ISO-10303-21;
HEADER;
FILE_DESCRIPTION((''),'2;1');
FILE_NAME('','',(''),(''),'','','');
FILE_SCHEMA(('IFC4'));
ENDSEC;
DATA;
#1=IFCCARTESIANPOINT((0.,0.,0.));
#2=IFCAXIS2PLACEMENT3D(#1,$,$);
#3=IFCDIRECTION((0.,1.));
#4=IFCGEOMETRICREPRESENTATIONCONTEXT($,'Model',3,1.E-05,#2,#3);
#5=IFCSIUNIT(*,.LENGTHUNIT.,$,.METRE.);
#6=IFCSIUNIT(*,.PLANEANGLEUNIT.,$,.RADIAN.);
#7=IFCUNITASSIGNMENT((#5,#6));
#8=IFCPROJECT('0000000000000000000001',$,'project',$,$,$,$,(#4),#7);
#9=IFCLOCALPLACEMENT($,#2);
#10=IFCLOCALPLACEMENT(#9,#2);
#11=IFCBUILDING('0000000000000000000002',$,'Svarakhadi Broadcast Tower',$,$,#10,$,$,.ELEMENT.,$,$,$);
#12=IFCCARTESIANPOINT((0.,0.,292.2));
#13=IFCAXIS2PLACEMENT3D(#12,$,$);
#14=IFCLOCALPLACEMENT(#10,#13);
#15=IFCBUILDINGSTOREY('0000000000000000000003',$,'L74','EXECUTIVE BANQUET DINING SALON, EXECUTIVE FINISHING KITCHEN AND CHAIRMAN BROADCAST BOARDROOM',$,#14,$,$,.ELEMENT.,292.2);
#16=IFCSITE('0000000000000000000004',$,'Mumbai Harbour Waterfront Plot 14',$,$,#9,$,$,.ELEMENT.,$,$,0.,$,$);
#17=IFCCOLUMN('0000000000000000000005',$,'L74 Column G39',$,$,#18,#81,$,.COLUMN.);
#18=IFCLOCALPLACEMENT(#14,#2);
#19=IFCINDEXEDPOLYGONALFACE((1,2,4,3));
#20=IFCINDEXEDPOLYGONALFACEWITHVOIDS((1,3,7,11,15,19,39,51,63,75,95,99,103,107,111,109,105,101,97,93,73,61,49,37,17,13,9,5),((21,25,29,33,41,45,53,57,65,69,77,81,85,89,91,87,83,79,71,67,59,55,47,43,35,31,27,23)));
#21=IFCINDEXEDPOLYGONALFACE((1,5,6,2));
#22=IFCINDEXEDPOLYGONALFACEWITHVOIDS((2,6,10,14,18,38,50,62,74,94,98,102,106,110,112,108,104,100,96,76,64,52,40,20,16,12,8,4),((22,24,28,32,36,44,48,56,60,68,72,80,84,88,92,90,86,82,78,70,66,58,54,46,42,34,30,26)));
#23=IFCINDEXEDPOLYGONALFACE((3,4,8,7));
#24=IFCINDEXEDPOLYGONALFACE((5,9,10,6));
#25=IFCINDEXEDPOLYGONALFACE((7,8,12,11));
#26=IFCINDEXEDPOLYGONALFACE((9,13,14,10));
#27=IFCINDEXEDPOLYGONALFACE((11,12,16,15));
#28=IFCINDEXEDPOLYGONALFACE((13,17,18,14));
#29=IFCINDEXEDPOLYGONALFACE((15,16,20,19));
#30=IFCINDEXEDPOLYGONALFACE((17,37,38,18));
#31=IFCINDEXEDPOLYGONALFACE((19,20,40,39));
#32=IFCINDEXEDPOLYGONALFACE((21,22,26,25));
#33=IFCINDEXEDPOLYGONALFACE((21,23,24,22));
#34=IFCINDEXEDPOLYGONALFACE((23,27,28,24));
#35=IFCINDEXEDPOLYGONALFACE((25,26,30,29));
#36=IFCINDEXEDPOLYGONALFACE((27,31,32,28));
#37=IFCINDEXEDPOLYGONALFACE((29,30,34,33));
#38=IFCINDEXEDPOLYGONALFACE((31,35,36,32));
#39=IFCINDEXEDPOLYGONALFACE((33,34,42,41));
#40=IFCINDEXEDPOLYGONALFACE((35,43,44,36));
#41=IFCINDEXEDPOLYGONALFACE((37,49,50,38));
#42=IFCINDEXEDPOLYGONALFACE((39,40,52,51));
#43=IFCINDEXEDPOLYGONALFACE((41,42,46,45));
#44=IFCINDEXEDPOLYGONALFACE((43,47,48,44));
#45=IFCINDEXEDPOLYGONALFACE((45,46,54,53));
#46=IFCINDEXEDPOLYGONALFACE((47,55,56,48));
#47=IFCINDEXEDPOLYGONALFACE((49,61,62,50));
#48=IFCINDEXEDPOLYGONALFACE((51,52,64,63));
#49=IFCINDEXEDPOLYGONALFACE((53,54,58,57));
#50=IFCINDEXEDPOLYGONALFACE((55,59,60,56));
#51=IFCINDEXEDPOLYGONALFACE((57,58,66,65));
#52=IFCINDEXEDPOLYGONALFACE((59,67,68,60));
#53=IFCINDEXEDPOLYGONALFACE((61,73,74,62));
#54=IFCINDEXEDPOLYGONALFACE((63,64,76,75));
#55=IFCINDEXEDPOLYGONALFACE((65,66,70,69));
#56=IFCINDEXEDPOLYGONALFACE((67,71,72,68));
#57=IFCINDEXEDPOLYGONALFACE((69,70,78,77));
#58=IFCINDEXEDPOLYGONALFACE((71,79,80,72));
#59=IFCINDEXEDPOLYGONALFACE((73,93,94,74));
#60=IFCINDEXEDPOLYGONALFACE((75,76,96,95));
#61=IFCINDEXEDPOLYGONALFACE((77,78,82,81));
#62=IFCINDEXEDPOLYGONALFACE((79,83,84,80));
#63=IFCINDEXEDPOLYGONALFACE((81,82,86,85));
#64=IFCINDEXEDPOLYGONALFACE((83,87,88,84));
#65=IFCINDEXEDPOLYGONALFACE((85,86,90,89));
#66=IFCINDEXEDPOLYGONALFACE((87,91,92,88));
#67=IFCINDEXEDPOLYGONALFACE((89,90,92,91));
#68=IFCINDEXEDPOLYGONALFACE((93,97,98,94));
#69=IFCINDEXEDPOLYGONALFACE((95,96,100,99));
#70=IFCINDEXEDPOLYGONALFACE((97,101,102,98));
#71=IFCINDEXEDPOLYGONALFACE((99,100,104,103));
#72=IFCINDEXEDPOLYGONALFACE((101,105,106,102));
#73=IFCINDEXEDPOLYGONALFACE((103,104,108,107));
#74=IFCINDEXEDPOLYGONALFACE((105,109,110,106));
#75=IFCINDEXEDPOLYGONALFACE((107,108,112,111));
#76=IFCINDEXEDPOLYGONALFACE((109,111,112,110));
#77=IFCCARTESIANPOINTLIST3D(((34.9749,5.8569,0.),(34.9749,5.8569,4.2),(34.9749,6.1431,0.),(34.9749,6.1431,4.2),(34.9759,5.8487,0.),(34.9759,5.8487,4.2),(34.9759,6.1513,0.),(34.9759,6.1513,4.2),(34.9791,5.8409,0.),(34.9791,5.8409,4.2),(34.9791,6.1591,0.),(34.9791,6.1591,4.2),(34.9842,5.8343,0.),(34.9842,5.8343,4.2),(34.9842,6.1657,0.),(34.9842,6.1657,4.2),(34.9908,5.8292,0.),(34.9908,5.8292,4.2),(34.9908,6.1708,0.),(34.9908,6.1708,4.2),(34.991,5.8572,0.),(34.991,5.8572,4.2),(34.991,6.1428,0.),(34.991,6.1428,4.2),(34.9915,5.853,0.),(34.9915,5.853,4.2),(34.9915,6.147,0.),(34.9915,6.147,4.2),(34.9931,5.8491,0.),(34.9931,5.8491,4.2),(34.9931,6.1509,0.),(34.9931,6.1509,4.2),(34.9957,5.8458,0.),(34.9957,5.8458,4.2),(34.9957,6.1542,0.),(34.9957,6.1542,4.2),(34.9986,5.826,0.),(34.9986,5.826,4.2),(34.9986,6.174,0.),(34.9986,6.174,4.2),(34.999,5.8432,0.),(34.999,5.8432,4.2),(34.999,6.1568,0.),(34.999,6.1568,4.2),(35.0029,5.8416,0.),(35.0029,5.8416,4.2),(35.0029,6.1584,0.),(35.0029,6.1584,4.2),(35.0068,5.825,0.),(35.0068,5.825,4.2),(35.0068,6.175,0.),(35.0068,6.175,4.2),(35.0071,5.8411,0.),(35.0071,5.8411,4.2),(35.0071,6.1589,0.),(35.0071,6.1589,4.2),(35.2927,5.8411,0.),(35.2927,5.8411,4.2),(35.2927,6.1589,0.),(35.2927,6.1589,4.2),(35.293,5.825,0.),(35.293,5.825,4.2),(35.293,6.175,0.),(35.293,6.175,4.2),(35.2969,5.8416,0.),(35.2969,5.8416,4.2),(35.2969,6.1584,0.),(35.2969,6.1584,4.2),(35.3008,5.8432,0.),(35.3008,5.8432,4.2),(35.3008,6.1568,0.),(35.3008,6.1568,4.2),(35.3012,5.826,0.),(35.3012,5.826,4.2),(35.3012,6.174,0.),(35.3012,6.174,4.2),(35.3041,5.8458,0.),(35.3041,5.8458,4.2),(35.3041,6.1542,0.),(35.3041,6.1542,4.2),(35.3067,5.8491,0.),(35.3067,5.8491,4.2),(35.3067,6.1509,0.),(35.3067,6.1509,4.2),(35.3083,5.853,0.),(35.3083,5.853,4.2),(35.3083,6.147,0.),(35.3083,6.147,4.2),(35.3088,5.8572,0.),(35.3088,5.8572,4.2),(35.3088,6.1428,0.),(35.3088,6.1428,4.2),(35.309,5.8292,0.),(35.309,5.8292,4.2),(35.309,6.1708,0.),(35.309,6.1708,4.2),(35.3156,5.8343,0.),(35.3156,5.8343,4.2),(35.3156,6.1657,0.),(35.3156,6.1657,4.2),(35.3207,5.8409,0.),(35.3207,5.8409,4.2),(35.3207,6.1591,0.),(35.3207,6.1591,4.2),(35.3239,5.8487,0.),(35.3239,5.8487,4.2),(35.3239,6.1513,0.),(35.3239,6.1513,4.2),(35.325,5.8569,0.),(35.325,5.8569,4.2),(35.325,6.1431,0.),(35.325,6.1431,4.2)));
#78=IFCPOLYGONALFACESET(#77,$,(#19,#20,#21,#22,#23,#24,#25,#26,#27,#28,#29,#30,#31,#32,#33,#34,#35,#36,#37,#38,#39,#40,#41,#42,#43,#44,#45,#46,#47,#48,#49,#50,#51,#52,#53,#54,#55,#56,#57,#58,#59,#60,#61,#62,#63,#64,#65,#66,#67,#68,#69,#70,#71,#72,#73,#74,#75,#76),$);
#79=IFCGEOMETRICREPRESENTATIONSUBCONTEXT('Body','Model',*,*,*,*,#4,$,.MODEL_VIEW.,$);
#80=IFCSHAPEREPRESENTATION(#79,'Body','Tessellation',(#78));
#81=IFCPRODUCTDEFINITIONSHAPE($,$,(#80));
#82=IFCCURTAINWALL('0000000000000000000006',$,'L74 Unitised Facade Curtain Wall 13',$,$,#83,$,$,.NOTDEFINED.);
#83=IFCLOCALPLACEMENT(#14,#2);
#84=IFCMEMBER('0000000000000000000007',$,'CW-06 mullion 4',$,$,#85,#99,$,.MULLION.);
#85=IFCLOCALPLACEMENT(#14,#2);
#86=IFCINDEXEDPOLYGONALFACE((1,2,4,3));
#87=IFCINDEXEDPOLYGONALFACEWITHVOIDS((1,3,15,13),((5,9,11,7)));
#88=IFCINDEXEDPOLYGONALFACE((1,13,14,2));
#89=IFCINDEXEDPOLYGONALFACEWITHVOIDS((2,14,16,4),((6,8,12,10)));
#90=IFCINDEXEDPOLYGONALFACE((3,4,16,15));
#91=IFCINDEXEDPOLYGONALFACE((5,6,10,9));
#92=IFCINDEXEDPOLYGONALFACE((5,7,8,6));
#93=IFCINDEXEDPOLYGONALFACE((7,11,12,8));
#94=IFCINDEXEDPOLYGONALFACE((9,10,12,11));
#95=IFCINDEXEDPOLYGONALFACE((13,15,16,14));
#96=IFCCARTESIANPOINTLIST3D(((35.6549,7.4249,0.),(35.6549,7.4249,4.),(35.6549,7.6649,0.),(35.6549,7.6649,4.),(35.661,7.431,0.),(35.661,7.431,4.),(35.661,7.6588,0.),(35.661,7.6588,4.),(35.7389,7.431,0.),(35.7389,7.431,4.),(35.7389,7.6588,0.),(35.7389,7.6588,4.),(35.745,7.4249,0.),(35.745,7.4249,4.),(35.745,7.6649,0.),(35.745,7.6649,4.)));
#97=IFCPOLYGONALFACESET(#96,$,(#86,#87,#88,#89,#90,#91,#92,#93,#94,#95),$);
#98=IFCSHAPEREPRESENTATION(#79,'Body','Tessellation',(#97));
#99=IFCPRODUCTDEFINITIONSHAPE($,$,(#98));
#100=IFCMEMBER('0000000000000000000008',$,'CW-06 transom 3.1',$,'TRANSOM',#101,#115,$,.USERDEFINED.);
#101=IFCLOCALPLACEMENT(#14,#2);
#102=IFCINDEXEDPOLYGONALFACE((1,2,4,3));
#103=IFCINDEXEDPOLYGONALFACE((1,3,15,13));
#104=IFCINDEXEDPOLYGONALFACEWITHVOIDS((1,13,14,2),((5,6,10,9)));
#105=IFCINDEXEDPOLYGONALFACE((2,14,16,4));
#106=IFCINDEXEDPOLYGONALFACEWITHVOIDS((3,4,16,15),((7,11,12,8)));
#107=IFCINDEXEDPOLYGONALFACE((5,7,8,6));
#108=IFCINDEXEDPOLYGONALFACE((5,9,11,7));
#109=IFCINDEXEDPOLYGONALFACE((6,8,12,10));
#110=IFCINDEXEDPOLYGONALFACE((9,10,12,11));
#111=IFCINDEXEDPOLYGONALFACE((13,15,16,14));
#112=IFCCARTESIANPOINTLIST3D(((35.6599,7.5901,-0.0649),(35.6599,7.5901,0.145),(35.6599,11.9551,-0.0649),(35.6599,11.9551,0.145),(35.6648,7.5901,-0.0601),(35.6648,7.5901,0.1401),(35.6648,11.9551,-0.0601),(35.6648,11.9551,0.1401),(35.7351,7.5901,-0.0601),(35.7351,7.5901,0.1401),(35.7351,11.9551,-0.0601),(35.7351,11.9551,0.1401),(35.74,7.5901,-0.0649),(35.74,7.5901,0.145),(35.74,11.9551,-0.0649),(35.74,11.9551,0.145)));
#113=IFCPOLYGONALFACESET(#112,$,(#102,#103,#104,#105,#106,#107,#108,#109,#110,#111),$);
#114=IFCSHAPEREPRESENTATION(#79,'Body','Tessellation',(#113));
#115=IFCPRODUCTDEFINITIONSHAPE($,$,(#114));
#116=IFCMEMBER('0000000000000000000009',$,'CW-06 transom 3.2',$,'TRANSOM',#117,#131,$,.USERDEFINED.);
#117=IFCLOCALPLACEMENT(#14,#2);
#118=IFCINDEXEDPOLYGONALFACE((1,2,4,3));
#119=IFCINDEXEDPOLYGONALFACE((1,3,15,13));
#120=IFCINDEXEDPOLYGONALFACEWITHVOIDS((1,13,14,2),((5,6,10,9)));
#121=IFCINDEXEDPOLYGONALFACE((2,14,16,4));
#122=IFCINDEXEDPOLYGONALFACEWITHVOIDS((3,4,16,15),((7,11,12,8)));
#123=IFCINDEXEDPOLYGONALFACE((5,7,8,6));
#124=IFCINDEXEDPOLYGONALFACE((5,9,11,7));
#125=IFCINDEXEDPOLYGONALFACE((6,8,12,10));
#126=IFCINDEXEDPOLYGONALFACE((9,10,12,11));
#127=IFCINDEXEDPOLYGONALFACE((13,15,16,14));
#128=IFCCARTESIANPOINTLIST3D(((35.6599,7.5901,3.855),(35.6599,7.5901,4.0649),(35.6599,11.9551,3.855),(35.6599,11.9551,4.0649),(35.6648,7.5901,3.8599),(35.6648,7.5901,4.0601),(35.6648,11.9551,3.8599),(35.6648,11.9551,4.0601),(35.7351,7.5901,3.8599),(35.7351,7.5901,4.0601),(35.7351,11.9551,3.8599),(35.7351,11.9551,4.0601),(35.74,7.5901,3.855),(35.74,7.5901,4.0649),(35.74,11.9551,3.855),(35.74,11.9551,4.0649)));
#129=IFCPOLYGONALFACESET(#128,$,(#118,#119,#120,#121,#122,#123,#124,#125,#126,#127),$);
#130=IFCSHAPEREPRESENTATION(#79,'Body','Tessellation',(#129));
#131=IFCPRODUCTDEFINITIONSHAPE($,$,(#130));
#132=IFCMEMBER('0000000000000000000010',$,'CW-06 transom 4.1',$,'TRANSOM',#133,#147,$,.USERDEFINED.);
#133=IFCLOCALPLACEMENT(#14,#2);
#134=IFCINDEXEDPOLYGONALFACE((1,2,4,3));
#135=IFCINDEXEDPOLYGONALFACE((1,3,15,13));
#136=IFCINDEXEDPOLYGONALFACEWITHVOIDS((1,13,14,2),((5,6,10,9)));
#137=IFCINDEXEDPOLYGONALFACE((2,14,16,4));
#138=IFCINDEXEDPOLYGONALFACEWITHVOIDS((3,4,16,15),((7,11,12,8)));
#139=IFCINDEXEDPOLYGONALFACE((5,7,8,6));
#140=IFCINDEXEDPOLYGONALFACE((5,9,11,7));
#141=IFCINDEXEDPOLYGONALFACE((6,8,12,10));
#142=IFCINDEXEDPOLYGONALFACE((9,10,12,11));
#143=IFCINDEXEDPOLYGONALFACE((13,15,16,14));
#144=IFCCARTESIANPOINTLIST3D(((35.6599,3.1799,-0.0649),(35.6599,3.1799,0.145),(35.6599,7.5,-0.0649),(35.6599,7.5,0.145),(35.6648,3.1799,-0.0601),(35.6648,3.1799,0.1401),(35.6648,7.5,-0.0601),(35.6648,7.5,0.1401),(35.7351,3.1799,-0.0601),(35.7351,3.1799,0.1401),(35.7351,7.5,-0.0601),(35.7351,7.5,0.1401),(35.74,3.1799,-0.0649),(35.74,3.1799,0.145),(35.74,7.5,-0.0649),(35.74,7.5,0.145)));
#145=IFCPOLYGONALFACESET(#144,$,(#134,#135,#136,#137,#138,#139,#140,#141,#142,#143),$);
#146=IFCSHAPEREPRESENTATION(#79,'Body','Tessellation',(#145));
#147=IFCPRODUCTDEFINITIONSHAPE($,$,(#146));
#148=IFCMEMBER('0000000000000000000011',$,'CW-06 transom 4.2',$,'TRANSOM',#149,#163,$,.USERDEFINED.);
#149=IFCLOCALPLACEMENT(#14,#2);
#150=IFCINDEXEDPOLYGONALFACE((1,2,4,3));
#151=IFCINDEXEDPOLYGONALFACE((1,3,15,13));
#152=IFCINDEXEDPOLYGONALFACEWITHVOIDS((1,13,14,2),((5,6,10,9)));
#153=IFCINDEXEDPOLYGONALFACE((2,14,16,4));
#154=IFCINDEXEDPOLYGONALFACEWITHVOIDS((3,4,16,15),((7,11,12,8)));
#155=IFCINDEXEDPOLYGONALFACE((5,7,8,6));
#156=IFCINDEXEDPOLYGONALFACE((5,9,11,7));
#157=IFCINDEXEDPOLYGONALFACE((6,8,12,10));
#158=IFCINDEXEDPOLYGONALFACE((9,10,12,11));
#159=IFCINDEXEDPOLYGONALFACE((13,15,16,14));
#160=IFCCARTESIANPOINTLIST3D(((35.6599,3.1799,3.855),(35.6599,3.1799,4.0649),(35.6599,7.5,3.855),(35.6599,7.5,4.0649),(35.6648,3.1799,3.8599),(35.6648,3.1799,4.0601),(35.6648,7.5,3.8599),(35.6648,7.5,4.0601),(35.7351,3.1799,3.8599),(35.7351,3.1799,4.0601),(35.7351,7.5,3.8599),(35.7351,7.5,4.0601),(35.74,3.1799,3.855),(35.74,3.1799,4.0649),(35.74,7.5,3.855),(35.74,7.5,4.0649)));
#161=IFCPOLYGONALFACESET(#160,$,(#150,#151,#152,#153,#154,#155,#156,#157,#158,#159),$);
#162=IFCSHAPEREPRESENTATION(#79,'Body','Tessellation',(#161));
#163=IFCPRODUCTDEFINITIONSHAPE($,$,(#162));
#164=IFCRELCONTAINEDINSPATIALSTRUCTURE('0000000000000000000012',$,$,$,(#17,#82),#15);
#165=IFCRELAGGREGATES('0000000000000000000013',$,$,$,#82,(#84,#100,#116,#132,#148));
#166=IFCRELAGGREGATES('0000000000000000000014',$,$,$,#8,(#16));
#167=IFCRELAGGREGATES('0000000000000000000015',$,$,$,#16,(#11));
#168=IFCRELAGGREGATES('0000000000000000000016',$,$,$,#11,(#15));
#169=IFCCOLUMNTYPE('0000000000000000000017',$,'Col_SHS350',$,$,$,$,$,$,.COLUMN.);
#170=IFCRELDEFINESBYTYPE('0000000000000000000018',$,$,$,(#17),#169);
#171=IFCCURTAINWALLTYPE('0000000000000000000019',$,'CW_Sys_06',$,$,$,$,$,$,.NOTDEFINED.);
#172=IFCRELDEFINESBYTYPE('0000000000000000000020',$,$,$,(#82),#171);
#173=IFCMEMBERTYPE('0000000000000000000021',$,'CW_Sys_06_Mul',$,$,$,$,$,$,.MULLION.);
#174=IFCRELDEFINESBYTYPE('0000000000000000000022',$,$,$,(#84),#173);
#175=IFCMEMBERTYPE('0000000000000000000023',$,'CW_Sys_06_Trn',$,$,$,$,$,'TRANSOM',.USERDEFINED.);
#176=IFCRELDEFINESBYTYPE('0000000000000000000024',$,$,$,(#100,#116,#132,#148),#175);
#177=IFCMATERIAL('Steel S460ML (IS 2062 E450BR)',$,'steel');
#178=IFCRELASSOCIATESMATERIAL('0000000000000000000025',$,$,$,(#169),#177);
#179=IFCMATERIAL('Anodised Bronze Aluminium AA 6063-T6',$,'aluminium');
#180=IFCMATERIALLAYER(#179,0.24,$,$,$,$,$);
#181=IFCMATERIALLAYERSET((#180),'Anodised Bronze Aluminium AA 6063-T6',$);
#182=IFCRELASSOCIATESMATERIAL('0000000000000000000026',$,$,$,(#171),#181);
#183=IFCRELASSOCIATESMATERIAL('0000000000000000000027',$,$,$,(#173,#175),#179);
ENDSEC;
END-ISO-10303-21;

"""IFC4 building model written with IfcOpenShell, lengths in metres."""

from ifc_helpers import new_model, si_unit, direction, frame, origin, origin_2d, place, context, subcontext, project, spatial, hollow_rectangle, extrude, material, layer, layer_set, material_profile, profile_set, type_object, element, aggregate, save


model = new_model("IFC4")

# Units and contexts
model_context = context("Model", 3, precision=1e-05, world=origin(), true_north=direction((0.0, 1.0)))
body_context = subcontext(model_context, "Body", "Model", "MODEL_VIEW")
ifc_project = project(units=[si_unit("LENGTHUNIT", "METRE"), si_unit("PLANEANGLEUNIT", "RADIAN")], contexts=[model_context])

# Site, building, storey
site_placement = place(None, origin())
site = spatial("IfcSite", under=ifc_project, at=site_placement, Name="Mumbai Harbour Waterfront Plot 14", CompositionType="ELEMENT", RefElevation=0.0)
building_placement = place(site_placement, origin())
building = spatial("IfcBuilding", under=site, at=building_placement, Name="Svarakhadi Broadcast Tower", CompositionType="ELEMENT")
storey_placement = place(building_placement, frame((0.0, 0.0, 292.2)))
storey = spatial("IfcBuildingStorey", under=building, at=storey_placement, Name="L74", Description="EXECUTIVE BANQUET DINING SALON, EXECUTIVE FINISHING KITCHEN AND CHAIRMAN BROADCAST BOARDROOM", CompositionType="ELEMENT", Elevation=292.2)

# Column
ifc_material_1 = material(Name="Steel S460ML (IS 2062 E450BR)", Category="steel")
ifc_material_profile_1 = material_profile(ifc_material_1, hollow_rectangle(XDim=0.3501, YDim=0.3501, WallThickness=0.0161, InnerFilletRadius=0.0161, OuterFilletRadius=0.032, at=origin_2d()), Name="SHS 350x350x16")
ifc_profile_set_1 = profile_set([ifc_material_profile_1], Name="Steel S460ML (IS 2062 E450BR)")
column_type = type_object("IfcColumnType", Name="Col_SHS350", PredefinedType="COLUMN", material=ifc_profile_set_1)
column_placement = place(storey_placement, frame((35.1499, 6.0, 0.0), z_axis=(0.0, 0.0, 1.0), x_axis=(1.0, 0.0, 0.0)))
element("IfcColumn", 1, at=column_placement, inside=storey, type_object=column_type, Name="L74 Column G39", PredefinedType="COLUMN", context=body_context, shape_type="SweptSolid", body=[
    extrude(hollow_rectangle(XDim=0.3501, YDim=0.3501, WallThickness=0.0161, InnerFilletRadius=0.0161, OuterFilletRadius=0.032, at=origin_2d()), origin(), (0.0, 0.0, 1.0), 4.2),
])

# Curtain wall, members
ifc_material_2 = material(Name="Anodised Bronze Aluminium AA 6063-T6", Category="aluminium")
ifc_layer_1 = layer(ifc_material_2, 0.24)
ifc_layer_set_1 = layer_set([ifc_layer_1], Name="Anodised Bronze Aluminium AA 6063-T6")
curtain_wall_type = type_object("IfcCurtainWallType", Name="CW_Sys_06", PredefinedType="NOTDEFINED", material=ifc_layer_set_1)
curtain_wall_placement = place(storey_placement, origin())
curtain_wall = element("IfcCurtainWall", 2, at=curtain_wall_placement, inside=storey, type_object=curtain_wall_type, Name="L74 Unitised Facade Curtain Wall 13", PredefinedType="NOTDEFINED")
ifc_material_profile_2 = material_profile(ifc_material_2, hollow_rectangle(XDim=0.0901, YDim=0.24, WallThickness=0.0061, at=origin_2d()), Name="ALU MULLION 240x90x6")
ifc_profile_set_2 = profile_set([ifc_material_profile_2], Name="Anodised Bronze Aluminium AA 6063-T6")
member_type_1 = type_object("IfcMemberType", Name="CW_Sys_06_Mul", PredefinedType="MULLION", material=ifc_profile_set_2)
member_1_placement = place(storey_placement, frame((35.7, 7.5449, 0.0), z_axis=(0.0, 0.0, 1.0), x_axis=(1.0, 0.0, 0.0)))
member_1 = element("IfcMember", 3, at=member_1_placement, type_object=member_type_1, Name="CW-06 mullion 4", PredefinedType="MULLION", context=body_context, shape_type="SweptSolid", body=[
    extrude(hollow_rectangle(XDim=0.0901, YDim=0.24, WallThickness=0.0061, at=origin_2d()), origin(), (0.0, 0.0, 1.0), 4.0),
])
ifc_material_profile_3 = material_profile(ifc_material_2, hollow_rectangle(XDim=0.0801, YDim=0.21, WallThickness=0.0049, at=origin_2d()), Name="ALU TRANSOM 210x80x5")
ifc_profile_set_3 = profile_set([ifc_material_profile_3], Name="Anodised Bronze Aluminium AA 6063-T6")
member_type_2 = type_object("IfcMemberType", Name="CW_Sys_06_Trn", ElementType="TRANSOM", PredefinedType="USERDEFINED", material=ifc_profile_set_3)
member_2_placement = place(storey_placement, frame((35.7, 11.9551, 0.04), z_axis=(0.0, -1.0, 0.0), x_axis=(1.0, 0.0, 0.0)))
member_2 = element("IfcMember", 4, at=member_2_placement, type_object=member_type_2, Name="CW-06 transom 3.1", ObjectType="TRANSOM", PredefinedType="USERDEFINED", context=body_context, shape_type="SweptSolid", body=[
    extrude(hollow_rectangle(XDim=0.0801, YDim=0.21, WallThickness=0.0049, at=origin_2d()), origin(), (0.0, 0.0, 1.0), 4.365),
])
member_3_placement = place(storey_placement, frame((35.7, 11.9551, 3.96), z_axis=(0.0, -1.0, 0.0), x_axis=(1.0, 0.0, 0.0)))
member_3 = element("IfcMember", 5, at=member_3_placement, type_object=member_type_2, Name="CW-06 transom 3.2", ObjectType="TRANSOM", PredefinedType="USERDEFINED", context=body_context, shape_type="SweptSolid", body=[
    extrude(hollow_rectangle(XDim=0.0801, YDim=0.21, WallThickness=0.0049, at=origin_2d()), origin(), (0.0, 0.0, 1.0), 4.365),
])
member_4_placement = place(storey_placement, frame((35.7, 7.5, 0.04), z_axis=(0.0, -1.0, 0.0), x_axis=(1.0, 0.0, 0.0)))
member_4 = element("IfcMember", 6, at=member_4_placement, type_object=member_type_2, Name="CW-06 transom 4.1", ObjectType="TRANSOM", PredefinedType="USERDEFINED", context=body_context, shape_type="SweptSolid", body=[
    extrude(hollow_rectangle(XDim=0.0801, YDim=0.21, WallThickness=0.0049, at=origin_2d()), origin(), (0.0, 0.0, 1.0), 4.3201),
])
member_5_placement = place(storey_placement, frame((35.7, 7.5, 3.96), z_axis=(0.0, -1.0, 0.0), x_axis=(1.0, 0.0, 0.0)))
member_5 = element("IfcMember", 7, at=member_5_placement, type_object=member_type_2, Name="CW-06 transom 4.2", ObjectType="TRANSOM", PredefinedType="USERDEFINED", context=body_context, shape_type="SweptSolid", body=[
    extrude(hollow_rectangle(XDim=0.0801, YDim=0.21, WallThickness=0.0049, at=origin_2d()), origin(), (0.0, 0.0, 1.0), 4.3201),
])

aggregate(curtain_wall, [member_1, member_2, member_3, member_4, member_5])

save(model, "model.ifc")
